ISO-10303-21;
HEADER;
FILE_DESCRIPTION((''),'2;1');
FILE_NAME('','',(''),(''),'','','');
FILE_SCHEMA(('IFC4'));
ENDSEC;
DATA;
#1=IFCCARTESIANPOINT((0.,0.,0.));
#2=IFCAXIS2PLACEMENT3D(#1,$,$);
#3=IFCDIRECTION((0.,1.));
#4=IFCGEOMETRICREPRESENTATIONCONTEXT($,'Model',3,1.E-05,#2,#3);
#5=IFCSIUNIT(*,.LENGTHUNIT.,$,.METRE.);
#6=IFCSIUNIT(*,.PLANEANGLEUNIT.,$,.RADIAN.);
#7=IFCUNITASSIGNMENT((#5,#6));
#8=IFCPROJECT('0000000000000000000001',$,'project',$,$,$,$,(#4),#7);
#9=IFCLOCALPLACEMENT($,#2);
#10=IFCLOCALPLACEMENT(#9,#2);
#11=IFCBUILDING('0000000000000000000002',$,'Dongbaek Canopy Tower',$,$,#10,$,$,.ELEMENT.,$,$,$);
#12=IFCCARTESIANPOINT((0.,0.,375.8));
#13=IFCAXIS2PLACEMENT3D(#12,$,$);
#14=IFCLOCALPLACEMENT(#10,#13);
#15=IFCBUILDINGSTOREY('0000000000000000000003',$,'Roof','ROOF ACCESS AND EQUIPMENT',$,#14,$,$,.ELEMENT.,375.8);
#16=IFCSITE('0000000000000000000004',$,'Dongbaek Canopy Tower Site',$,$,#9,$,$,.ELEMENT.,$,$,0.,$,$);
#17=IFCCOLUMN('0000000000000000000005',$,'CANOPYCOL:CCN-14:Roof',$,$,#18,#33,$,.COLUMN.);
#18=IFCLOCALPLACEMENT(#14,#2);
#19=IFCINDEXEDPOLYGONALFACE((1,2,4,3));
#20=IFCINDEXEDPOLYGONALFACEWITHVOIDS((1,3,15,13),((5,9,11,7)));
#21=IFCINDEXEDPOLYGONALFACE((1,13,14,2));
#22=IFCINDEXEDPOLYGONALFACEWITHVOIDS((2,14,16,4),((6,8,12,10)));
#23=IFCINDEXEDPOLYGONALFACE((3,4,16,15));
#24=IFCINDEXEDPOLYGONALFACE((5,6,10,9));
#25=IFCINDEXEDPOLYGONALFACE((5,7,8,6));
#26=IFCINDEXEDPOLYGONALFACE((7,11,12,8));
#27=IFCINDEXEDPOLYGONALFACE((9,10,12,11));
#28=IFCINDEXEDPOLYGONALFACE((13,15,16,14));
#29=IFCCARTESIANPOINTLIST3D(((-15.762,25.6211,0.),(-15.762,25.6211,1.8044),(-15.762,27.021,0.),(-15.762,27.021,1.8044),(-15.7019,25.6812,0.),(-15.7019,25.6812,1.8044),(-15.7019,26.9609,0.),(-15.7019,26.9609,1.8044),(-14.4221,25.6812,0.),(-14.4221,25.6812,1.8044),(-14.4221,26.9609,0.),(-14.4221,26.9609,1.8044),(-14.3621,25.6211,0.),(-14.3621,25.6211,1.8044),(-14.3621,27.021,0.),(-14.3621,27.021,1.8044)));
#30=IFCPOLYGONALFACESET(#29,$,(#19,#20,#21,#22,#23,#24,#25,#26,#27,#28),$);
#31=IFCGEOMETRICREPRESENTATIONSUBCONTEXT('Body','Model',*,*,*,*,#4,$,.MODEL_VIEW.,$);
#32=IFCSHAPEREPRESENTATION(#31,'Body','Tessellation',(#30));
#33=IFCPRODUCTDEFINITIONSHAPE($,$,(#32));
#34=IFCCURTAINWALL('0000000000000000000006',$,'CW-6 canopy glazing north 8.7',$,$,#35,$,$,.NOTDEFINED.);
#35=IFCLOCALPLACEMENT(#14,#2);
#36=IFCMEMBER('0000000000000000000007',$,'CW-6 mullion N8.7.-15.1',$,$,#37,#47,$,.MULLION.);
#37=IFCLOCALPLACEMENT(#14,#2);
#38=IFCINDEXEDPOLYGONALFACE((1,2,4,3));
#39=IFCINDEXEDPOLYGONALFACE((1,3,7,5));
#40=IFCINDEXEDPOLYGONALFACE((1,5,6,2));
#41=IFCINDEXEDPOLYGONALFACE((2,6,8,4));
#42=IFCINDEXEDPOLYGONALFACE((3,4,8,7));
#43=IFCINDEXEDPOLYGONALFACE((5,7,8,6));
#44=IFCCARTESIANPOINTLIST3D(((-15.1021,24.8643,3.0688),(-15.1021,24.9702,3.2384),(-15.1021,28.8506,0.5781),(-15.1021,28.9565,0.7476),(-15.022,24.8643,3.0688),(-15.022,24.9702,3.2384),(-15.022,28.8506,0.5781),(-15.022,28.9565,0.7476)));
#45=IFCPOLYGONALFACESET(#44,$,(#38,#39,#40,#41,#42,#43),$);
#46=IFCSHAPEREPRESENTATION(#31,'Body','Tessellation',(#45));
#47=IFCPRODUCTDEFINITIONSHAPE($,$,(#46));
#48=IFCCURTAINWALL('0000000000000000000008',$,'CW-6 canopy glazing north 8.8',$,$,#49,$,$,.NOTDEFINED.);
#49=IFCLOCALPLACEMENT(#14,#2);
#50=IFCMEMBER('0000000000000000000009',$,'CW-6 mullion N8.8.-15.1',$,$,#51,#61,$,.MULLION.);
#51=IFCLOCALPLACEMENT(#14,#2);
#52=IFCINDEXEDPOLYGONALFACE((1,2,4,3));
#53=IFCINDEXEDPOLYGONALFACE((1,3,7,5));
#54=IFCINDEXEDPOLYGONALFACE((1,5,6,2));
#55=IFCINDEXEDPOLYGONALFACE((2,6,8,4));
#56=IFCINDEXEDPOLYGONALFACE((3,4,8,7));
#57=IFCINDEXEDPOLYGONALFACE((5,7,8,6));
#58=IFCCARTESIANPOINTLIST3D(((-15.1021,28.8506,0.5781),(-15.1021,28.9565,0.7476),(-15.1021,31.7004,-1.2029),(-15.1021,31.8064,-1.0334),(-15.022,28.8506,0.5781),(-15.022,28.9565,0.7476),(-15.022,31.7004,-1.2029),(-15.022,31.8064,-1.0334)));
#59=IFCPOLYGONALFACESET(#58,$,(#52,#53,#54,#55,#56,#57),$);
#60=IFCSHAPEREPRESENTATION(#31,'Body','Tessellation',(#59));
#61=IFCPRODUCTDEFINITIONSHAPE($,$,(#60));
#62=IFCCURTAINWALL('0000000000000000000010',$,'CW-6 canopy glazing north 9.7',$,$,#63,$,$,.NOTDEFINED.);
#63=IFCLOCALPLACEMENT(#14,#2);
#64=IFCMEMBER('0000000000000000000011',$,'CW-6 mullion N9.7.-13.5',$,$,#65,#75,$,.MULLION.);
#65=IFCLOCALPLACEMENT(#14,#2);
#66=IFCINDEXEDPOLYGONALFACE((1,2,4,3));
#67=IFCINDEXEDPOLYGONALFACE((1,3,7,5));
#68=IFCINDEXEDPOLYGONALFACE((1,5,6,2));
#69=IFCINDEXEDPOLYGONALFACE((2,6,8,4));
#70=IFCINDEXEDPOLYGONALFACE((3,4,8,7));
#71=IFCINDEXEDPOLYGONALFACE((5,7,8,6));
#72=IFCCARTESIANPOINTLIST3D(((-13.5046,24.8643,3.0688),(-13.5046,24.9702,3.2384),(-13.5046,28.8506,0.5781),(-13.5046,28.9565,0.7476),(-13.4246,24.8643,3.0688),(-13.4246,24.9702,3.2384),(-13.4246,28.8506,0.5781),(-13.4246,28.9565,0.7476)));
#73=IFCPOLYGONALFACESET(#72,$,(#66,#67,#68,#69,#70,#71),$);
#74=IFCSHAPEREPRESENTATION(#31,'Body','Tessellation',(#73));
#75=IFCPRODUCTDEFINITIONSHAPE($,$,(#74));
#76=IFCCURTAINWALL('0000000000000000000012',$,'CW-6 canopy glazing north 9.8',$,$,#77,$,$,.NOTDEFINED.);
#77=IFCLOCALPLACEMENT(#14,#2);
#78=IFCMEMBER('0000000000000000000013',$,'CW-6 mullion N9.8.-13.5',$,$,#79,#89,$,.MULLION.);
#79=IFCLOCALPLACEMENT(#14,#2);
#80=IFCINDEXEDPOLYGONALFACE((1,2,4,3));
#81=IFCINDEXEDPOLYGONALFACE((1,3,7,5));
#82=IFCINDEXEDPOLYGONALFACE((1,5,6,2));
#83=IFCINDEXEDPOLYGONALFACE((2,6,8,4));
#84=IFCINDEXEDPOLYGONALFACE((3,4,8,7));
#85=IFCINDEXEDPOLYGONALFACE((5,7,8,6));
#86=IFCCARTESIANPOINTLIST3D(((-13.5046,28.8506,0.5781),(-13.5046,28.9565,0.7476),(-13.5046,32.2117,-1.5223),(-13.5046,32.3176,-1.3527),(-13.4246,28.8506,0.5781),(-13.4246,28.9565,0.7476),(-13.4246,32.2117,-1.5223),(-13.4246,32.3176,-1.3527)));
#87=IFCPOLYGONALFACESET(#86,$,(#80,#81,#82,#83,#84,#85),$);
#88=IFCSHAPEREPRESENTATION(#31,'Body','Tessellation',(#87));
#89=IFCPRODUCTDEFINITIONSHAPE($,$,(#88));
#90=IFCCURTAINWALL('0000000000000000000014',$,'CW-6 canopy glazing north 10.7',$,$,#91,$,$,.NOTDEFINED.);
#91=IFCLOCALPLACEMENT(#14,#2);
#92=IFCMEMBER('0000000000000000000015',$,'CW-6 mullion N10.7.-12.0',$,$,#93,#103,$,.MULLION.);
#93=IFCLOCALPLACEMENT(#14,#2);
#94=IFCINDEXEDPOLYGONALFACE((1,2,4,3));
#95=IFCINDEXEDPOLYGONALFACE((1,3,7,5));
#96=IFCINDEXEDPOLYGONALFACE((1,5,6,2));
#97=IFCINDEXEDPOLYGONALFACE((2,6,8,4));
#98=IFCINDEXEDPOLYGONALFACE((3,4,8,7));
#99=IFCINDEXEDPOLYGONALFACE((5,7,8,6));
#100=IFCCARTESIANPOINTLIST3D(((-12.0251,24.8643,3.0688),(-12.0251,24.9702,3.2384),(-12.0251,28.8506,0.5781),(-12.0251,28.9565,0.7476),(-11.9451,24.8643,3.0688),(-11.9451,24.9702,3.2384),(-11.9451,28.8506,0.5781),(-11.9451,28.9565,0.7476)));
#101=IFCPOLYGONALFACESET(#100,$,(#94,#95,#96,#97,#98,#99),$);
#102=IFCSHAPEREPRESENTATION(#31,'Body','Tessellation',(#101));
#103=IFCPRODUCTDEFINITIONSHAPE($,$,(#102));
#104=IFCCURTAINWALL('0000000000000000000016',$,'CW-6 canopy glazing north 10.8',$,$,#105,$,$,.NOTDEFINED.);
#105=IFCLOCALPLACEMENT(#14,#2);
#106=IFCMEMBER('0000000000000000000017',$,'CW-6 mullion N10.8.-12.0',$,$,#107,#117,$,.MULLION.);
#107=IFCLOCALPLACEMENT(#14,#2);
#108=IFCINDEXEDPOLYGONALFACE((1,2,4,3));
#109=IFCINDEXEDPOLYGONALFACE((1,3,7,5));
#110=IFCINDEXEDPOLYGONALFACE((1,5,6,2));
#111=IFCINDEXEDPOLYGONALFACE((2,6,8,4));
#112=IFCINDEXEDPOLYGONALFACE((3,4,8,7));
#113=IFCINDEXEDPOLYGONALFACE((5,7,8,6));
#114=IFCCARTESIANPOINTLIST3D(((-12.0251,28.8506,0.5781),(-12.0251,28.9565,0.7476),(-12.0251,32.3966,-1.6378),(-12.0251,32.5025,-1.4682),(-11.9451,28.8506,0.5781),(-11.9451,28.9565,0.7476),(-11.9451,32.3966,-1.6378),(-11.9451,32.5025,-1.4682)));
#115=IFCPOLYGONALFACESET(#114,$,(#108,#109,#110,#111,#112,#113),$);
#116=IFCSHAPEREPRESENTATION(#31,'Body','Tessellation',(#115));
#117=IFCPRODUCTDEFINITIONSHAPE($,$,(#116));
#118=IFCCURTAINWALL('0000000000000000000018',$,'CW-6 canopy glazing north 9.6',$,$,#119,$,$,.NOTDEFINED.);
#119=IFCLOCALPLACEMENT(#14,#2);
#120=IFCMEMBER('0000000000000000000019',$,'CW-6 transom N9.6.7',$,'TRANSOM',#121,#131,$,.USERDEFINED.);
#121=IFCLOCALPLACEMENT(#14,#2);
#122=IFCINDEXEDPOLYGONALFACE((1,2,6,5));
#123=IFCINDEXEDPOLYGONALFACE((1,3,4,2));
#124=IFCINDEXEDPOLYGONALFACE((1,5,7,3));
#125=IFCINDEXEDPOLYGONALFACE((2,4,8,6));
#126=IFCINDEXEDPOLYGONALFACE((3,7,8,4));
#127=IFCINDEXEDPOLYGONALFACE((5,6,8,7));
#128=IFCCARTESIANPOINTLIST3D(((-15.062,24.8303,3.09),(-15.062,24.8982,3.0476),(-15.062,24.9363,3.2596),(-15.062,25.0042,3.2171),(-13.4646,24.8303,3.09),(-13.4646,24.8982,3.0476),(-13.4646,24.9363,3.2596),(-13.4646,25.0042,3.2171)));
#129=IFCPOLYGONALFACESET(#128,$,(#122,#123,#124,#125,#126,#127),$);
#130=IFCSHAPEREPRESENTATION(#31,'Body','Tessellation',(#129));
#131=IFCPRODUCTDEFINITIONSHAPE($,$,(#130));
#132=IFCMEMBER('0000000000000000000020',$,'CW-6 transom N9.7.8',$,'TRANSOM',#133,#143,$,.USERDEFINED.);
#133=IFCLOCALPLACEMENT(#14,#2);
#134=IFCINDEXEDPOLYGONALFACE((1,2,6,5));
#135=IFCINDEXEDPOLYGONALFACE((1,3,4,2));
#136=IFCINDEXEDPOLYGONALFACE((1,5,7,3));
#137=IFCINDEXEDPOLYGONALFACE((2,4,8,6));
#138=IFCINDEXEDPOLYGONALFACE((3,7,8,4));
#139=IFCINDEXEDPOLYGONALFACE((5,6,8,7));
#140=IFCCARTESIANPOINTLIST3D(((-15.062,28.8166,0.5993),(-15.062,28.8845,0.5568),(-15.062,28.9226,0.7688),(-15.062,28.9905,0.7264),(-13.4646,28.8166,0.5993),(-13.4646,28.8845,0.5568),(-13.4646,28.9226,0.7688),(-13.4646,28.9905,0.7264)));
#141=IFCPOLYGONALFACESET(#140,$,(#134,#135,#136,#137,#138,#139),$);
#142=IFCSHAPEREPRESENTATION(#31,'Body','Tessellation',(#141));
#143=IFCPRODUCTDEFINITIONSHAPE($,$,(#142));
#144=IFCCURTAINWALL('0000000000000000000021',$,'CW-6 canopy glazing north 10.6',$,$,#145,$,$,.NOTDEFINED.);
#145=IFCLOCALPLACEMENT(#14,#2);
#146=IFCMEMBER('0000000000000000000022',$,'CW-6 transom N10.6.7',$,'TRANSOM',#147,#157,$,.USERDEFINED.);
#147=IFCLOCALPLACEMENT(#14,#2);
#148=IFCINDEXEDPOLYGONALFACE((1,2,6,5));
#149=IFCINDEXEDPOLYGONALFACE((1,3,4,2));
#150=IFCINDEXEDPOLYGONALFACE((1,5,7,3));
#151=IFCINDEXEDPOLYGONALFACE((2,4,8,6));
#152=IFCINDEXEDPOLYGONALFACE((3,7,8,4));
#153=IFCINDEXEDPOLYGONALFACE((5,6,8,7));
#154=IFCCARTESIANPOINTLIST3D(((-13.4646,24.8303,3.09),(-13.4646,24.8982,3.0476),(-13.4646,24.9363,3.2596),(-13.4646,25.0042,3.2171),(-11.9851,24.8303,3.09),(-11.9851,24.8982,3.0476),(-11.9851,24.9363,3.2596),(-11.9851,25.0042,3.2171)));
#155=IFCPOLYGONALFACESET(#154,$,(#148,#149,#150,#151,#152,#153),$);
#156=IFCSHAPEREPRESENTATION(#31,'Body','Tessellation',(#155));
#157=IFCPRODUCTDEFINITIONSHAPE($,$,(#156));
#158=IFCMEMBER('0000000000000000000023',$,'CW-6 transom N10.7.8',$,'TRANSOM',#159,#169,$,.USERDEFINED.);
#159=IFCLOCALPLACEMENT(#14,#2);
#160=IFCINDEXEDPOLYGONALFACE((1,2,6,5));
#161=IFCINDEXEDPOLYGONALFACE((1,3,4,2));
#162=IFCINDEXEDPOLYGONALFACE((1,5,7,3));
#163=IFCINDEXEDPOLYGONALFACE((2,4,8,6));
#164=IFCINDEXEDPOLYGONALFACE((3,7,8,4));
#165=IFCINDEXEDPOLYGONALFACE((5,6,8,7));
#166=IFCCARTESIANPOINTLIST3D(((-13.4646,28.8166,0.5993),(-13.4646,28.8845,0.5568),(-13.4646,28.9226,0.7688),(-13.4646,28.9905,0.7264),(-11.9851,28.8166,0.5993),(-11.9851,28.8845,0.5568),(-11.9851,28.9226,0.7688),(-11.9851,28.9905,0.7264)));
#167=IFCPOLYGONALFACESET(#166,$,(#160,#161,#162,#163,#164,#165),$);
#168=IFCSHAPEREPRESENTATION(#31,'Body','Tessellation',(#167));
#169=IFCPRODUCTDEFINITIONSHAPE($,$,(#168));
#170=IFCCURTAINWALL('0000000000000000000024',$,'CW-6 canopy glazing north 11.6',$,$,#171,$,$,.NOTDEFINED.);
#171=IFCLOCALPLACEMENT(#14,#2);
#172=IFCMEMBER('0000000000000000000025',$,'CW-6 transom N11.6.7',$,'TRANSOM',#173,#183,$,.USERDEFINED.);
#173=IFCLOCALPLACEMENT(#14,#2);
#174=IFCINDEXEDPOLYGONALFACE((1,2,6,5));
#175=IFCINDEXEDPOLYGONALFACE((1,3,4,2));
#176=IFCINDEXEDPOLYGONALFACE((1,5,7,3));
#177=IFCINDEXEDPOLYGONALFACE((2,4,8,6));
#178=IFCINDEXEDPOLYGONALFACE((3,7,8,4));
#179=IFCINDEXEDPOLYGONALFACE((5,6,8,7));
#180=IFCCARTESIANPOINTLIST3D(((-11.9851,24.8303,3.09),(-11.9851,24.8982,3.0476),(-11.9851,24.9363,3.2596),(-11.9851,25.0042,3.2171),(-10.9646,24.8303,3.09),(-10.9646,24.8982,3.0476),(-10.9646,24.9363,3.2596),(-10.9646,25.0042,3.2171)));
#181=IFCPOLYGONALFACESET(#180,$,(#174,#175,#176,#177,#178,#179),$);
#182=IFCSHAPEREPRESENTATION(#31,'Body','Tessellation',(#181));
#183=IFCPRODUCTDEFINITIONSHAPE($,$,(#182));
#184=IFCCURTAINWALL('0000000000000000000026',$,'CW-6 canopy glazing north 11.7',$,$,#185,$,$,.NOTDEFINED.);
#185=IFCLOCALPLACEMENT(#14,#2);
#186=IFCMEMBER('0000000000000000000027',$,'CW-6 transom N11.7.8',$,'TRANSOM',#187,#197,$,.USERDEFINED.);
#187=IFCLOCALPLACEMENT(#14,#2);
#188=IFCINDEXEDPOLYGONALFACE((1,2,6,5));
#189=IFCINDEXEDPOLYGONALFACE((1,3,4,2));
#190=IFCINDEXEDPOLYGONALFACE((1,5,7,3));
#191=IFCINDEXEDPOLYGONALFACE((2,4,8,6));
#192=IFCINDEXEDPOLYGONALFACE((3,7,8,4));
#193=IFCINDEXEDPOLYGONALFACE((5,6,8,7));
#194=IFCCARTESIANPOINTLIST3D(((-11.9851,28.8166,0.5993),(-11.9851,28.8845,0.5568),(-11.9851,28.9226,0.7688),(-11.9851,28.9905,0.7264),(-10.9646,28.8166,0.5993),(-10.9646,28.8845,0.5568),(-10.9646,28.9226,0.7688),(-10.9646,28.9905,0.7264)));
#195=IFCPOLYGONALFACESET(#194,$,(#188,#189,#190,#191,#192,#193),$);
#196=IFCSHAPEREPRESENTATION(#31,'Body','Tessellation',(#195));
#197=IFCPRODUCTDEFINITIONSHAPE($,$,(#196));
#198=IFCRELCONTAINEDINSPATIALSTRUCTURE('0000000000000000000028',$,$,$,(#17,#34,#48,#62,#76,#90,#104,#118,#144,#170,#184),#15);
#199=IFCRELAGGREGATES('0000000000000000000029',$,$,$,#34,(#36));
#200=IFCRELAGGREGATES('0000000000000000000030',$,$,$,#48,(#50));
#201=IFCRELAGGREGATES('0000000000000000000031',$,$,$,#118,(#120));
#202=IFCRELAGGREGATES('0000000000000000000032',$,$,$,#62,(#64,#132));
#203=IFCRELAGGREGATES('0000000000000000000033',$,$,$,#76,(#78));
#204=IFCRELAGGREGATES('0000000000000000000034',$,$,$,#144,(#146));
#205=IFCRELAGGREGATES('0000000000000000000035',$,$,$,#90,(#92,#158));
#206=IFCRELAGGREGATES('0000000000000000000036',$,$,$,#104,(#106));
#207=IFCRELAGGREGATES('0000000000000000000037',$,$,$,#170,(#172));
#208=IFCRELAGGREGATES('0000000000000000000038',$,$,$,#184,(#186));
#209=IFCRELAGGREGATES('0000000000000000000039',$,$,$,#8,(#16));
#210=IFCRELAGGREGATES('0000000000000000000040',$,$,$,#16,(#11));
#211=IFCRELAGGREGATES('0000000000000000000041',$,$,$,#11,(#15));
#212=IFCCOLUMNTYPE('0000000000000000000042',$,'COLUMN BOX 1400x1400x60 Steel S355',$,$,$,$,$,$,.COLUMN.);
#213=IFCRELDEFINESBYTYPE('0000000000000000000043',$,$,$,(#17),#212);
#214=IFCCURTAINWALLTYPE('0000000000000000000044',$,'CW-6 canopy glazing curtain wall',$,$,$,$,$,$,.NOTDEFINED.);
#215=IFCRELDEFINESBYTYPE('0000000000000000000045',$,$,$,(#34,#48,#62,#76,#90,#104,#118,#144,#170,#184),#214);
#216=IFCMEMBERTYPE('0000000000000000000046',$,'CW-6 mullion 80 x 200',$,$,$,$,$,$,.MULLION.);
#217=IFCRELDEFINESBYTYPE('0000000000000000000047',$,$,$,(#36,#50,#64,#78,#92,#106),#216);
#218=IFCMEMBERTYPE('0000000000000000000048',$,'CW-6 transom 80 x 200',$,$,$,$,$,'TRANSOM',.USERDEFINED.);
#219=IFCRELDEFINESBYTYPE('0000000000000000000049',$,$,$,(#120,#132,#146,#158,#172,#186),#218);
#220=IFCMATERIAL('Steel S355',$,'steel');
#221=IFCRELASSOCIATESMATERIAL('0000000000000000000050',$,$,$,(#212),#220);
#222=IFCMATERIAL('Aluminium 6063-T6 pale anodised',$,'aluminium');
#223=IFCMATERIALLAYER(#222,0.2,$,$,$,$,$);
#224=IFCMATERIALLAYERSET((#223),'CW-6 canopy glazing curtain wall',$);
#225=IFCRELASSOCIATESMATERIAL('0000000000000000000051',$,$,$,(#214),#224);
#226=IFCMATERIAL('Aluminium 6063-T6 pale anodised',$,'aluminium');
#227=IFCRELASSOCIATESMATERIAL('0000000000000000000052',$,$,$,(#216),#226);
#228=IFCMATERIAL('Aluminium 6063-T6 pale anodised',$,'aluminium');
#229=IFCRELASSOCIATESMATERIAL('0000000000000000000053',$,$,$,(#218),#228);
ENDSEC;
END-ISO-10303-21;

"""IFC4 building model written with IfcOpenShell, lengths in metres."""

from ifc_helpers import new_model, si_unit, direction, frame, origin, origin_2d, place, context, subcontext, project, spatial, rectangle, hollow_rectangle, extrude, material, layer, layer_set, material_profile, profile_set, type_object, element, aggregate, save


model = new_model("IFC4")

# Units and contexts
model_context = context("Model", 3, precision=1e-05, world=origin(), true_north=direction((0.0, 1.0)))
body_context = subcontext(model_context, "Body", "Model", "MODEL_VIEW")
ifc_project = project(units=[si_unit("LENGTHUNIT", "METRE"), si_unit("PLANEANGLEUNIT", "RADIAN")], contexts=[model_context])

# Site, building, storey
site_placement = place(None, origin())
site = spatial("IfcSite", under=ifc_project, at=site_placement, Name="Dongbaek Canopy Tower Site", CompositionType="ELEMENT", RefElevation=0.0)
building_placement = place(site_placement, origin())
building = spatial("IfcBuilding", under=site, at=building_placement, Name="Dongbaek Canopy Tower", CompositionType="ELEMENT")
storey_placement = place(building_placement, frame((0.0, 0.0, 375.8)))
storey = spatial("IfcBuildingStorey", under=building, at=storey_placement, Name="Roof", Description="ROOF ACCESS AND EQUIPMENT", CompositionType="ELEMENT", Elevation=375.8)

# Column
ifc_material_1 = material(Name="Steel S355", Category="steel")
ifc_material_profile_1 = material_profile(ifc_material_1, hollow_rectangle(XDim=1.3999, YDim=1.3999, WallThickness=0.0601, at=origin_2d()), Name="COLUMN BOX 1400x1400x60 Steel S355")
ifc_profile_set_1 = profile_set([ifc_material_profile_1], Name="Steel S355")
column_type = type_object("IfcColumnType", Name="COLUMN BOX 1400x1400x60 Steel S355", PredefinedType="COLUMN", material=ifc_profile_set_1)
column_placement = place(storey_placement, frame((-15.062, 26.321, 0.0), z_axis=(0.0, 0.0, 1.0), x_axis=(1.0, 0.0, 0.0)))
element("IfcColumn", 1, at=column_placement, inside=storey, type_object=column_type, Name="CANOPYCOL:CCN-14:Roof", PredefinedType="COLUMN", context=body_context, shape_type="SweptSolid", body=[
    extrude(hollow_rectangle(XDim=1.3999, YDim=1.3999, WallThickness=0.0601, at=origin_2d()), origin(), (0.0, 0.0, 1.0), 1.8044),
])

# Curtain walls, members
ifc_material_2 = material(Name="Aluminium 6063-T6 pale anodised", Category="aluminium")
ifc_layer_1 = layer(ifc_material_2, 0.2)
ifc_layer_set_1 = layer_set([ifc_layer_1], Name="CW-6 canopy glazing curtain wall")
curtain_wall_type = type_object("IfcCurtainWallType", Name="CW-6 canopy glazing curtain wall", PredefinedType="NOTDEFINED", material=ifc_layer_set_1)
curtain_wall_1_placement = place(storey_placement, origin())
curtain_wall_1 = element("IfcCurtainWall", 2, at=curtain_wall_1_placement, inside=storey, type_object=curtain_wall_type, Name="CW-6 canopy glazing north 8.7", PredefinedType="NOTDEFINED")
ifc_material_3 = material(Name="Aluminium 6063-T6 pale anodised", Category="aluminium")
ifc_material_profile_2 = material_profile(ifc_material_3, rectangle(XDim=0.0801, YDim=0.2, at=origin_2d()), Name="CW-6 mullion 80 x 200")
ifc_profile_set_2 = profile_set([ifc_material_profile_2], Name="Aluminium 6063-T6 pale anodised")
member_type_1 = type_object("IfcMemberType", Name="CW-6 mullion 80 x 200", PredefinedType="MULLION", material=ifc_profile_set_2)
member_1_placement = place(storey_placement, frame((-15.062, 24.9172, 3.1536), z_axis=(0.0, 0.848068, -0.529887), x_axis=(-1.0, 0.0, 0.0)))
member_1 = element("IfcMember", 3, at=member_1_placement, type_object=member_type_1, Name="CW-6 mullion N8.7.-15.1", PredefinedType="MULLION", context=body_context, shape_type="SweptSolid", body=[
    extrude(rectangle(XDim=0.0801, YDim=0.2, at=origin_2d()), origin(), (0.0, 0.0, 1.0), 4.7004),
])
aggregate(curtain_wall_1, [member_1])
curtain_wall_2_placement = place(storey_placement, origin())
curtain_wall_2 = element("IfcCurtainWall", 4, at=curtain_wall_2_placement, inside=storey, type_object=curtain_wall_type, Name="CW-6 canopy glazing north 8.8", PredefinedType="NOTDEFINED")
member_2_placement = place(storey_placement, frame((-15.062, 28.9036, 0.6628), z_axis=(0.0, 0.848019, -0.529966), x_axis=(-1.0, 0.0, 0.0)))
member_2 = element("IfcMember", 5, at=member_2_placement, type_object=member_type_1, Name="CW-6 mullion N8.8.-15.1", PredefinedType="MULLION", context=body_context, shape_type="SweptSolid", body=[
    extrude(rectangle(XDim=0.0801, YDim=0.2, at=origin_2d()), origin(), (0.0, 0.0, 1.0), 3.3606),
])
curtain_wall_3_placement = place(storey_placement, origin())
curtain_wall_3 = element("IfcCurtainWall", 6, at=curtain_wall_3_placement, inside=storey, type_object=curtain_wall_type, Name="CW-6 canopy glazing north 9.7", PredefinedType="NOTDEFINED")
member_3_placement = place(storey_placement, frame((-13.4646, 24.9172, 3.1536), z_axis=(0.0, 0.848068, -0.529887), x_axis=(-1.0, 0.0, 0.0)))
member_3 = element("IfcMember", 7, at=member_3_placement, type_object=member_type_1, Name="CW-6 mullion N9.7.-13.5", PredefinedType="MULLION", context=body_context, shape_type="SweptSolid", body=[
    extrude(rectangle(XDim=0.0801, YDim=0.2, at=origin_2d()), origin(), (0.0, 0.0, 1.0), 4.7004),
])
curtain_wall_4_placement = place(storey_placement, origin())
curtain_wall_4 = element("IfcCurtainWall", 8, at=curtain_wall_4_placement, inside=storey, type_object=curtain_wall_type, Name="CW-6 canopy glazing north 9.8", PredefinedType="NOTDEFINED")
member_4_placement = place(storey_placement, frame((-13.4646, 28.9036, 0.6628), z_axis=(0.0, 0.848036, -0.529938), x_axis=(-1.0, 0.0, 0.0)))
member_4 = element("IfcMember", 9, at=member_4_placement, type_object=member_type_1, Name="CW-6 mullion N9.8.-13.5", PredefinedType="MULLION", context=body_context, shape_type="SweptSolid", body=[
    extrude(rectangle(XDim=0.0801, YDim=0.2, at=origin_2d()), origin(), (0.0, 0.0, 1.0), 3.9634),
])
curtain_wall_5_placement = place(storey_placement, origin())
curtain_wall_5 = element("IfcCurtainWall", 10, at=curtain_wall_5_placement, inside=storey, type_object=curtain_wall_type, Name="CW-6 canopy glazing north 10.7", PredefinedType="NOTDEFINED")
member_5_placement = place(storey_placement, frame((-11.9851, 24.9172, 3.1536), z_axis=(0.0, 0.848068, -0.529887), x_axis=(-1.0, 0.0, 0.0)))
member_5 = element("IfcMember", 11, at=member_5_placement, type_object=member_type_1, Name="CW-6 mullion N10.7.-12.0", PredefinedType="MULLION", context=body_context, shape_type="SweptSolid", body=[
    extrude(rectangle(XDim=0.0801, YDim=0.2, at=origin_2d()), origin(), (0.0, 0.0, 1.0), 4.7004),
])
curtain_wall_6_placement = place(storey_placement, origin())
curtain_wall_6 = element("IfcCurtainWall", 12, at=curtain_wall_6_placement, inside=storey, type_object=curtain_wall_type, Name="CW-6 canopy glazing north 10.8", PredefinedType="NOTDEFINED")
member_6_placement = place(storey_placement, frame((-11.9851, 28.9036, 0.6628), z_axis=(0.0, 0.848038, -0.529936), x_axis=(-1.0, 0.0, 0.0)))
member_6 = element("IfcMember", 13, at=member_6_placement, type_object=member_type_1, Name="CW-6 mullion N10.8.-12.0", PredefinedType="MULLION", context=body_context, shape_type="SweptSolid", body=[
    extrude(rectangle(XDim=0.0801, YDim=0.2, at=origin_2d()), origin(), (0.0, 0.0, 1.0), 4.1814),
])
curtain_wall_7_placement = place(storey_placement, origin())
curtain_wall_7 = element("IfcCurtainWall", 14, at=curtain_wall_7_placement, inside=storey, type_object=curtain_wall_type, Name="CW-6 canopy glazing north 9.6", PredefinedType="NOTDEFINED")
ifc_material_4 = material(Name="Aluminium 6063-T6 pale anodised", Category="aluminium")
ifc_material_profile_3 = material_profile(ifc_material_4, rectangle(XDim=0.0801, YDim=0.2, at=origin_2d()), Name="CW-6 transom 80 x 200")
ifc_profile_set_3 = profile_set([ifc_material_profile_3], Name="Aluminium 6063-T6 pale anodised")
member_type_2 = type_object("IfcMemberType", Name="CW-6 transom 80 x 200", ElementType="TRANSOM", PredefinedType="USERDEFINED", material=ifc_profile_set_3)
member_7_placement = place(storey_placement, frame((-15.062, 24.9172, 3.1536), z_axis=(1.0, 0.0, 0.0), x_axis=(0.0, 0.848048, -0.529919)))
member_7 = element("IfcMember", 15, at=member_7_placement, type_object=member_type_2, Name="CW-6 transom N9.6.7", ObjectType="TRANSOM", PredefinedType="USERDEFINED", context=body_context, shape_type="SweptSolid", body=[
    extrude(rectangle(XDim=0.0801, YDim=0.2, at=origin_2d()), origin(), (0.0, 0.0, 1.0), 1.5974),
])

# Member
member_8_placement = place(storey_placement, frame((-15.062, 28.9036, 0.6628), z_axis=(1.0, 0.0, 0.0), x_axis=(0.0, 0.848048, -0.529919)))
member_8 = element("IfcMember", 16, at=member_8_placement, type_object=member_type_2, Name="CW-6 transom N9.7.8", ObjectType="TRANSOM", PredefinedType="USERDEFINED", context=body_context, shape_type="SweptSolid", body=[
    extrude(rectangle(XDim=0.0801, YDim=0.2, at=origin_2d()), origin(), (0.0, 0.0, 1.0), 1.5974),
])

# Curtain wall, member
curtain_wall_8_placement = place(storey_placement, origin())
curtain_wall_8 = element("IfcCurtainWall", 17, at=curtain_wall_8_placement, inside=storey, type_object=curtain_wall_type, Name="CW-6 canopy glazing north 10.6", PredefinedType="NOTDEFINED")
member_9_placement = place(storey_placement, frame((-13.4646, 24.9172, 3.1536), z_axis=(1.0, 0.0, 0.0), x_axis=(0.0, 0.848048, -0.529919)))
member_9 = element("IfcMember", 18, at=member_9_placement, type_object=member_type_2, Name="CW-6 transom N10.6.7", ObjectType="TRANSOM", PredefinedType="USERDEFINED", context=body_context, shape_type="SweptSolid", body=[
    extrude(rectangle(XDim=0.0801, YDim=0.2, at=origin_2d()), origin(), (0.0, 0.0, 1.0), 1.4795),
])

# Member
member_10_placement = place(storey_placement, frame((-13.4646, 28.9036, 0.6628), z_axis=(1.0, 0.0, 0.0), x_axis=(0.0, 0.848048, -0.529919)))
member_10 = element("IfcMember", 19, at=member_10_placement, type_object=member_type_2, Name="CW-6 transom N10.7.8", ObjectType="TRANSOM", PredefinedType="USERDEFINED", context=body_context, shape_type="SweptSolid", body=[
    extrude(rectangle(XDim=0.0801, YDim=0.2, at=origin_2d()), origin(), (0.0, 0.0, 1.0), 1.4795),
])

# Curtain walls, members
curtain_wall_9_placement = place(storey_placement, origin())
curtain_wall_9 = element("IfcCurtainWall", 20, at=curtain_wall_9_placement, inside=storey, type_object=curtain_wall_type, Name="CW-6 canopy glazing north 11.6", PredefinedType="NOTDEFINED")
member_11_placement = place(storey_placement, frame((-11.9851, 24.9172, 3.1536), z_axis=(1.0, 0.0, 0.0), x_axis=(0.0, 0.848048, -0.529919)))
member_11 = element("IfcMember", 21, at=member_11_placement, type_object=member_type_2, Name="CW-6 transom N11.6.7", ObjectType="TRANSOM", PredefinedType="USERDEFINED", context=body_context, shape_type="SweptSolid", body=[
    extrude(rectangle(XDim=0.0801, YDim=0.2, at=origin_2d()), origin(), (0.0, 0.0, 1.0), 1.0205),
])
curtain_wall_10_placement = place(storey_placement, origin())
curtain_wall_10 = element("IfcCurtainWall", 22, at=curtain_wall_10_placement, inside=storey, type_object=curtain_wall_type, Name="CW-6 canopy glazing north 11.7", PredefinedType="NOTDEFINED")
member_12_placement = place(storey_placement, frame((-11.9851, 28.9036, 0.6628), z_axis=(1.0, 0.0, 0.0), x_axis=(0.0, 0.848048, -0.529919)))
member_12 = element("IfcMember", 23, at=member_12_placement, type_object=member_type_2, Name="CW-6 transom N11.7.8", ObjectType="TRANSOM", PredefinedType="USERDEFINED", context=body_context, shape_type="SweptSolid", body=[
    extrude(rectangle(XDim=0.0801, YDim=0.2, at=origin_2d()), origin(), (0.0, 0.0, 1.0), 1.0205),
])

aggregate(curtain_wall_2, [member_2])
aggregate(curtain_wall_7, [member_7])
aggregate(curtain_wall_3, [member_3, member_8])
aggregate(curtain_wall_4, [member_4])
aggregate(curtain_wall_8, [member_9])
aggregate(curtain_wall_5, [member_5, member_10])
aggregate(curtain_wall_6, [member_6])
aggregate(curtain_wall_9, [member_11])
aggregate(curtain_wall_10, [member_12])

save(model, "model.ifc")
